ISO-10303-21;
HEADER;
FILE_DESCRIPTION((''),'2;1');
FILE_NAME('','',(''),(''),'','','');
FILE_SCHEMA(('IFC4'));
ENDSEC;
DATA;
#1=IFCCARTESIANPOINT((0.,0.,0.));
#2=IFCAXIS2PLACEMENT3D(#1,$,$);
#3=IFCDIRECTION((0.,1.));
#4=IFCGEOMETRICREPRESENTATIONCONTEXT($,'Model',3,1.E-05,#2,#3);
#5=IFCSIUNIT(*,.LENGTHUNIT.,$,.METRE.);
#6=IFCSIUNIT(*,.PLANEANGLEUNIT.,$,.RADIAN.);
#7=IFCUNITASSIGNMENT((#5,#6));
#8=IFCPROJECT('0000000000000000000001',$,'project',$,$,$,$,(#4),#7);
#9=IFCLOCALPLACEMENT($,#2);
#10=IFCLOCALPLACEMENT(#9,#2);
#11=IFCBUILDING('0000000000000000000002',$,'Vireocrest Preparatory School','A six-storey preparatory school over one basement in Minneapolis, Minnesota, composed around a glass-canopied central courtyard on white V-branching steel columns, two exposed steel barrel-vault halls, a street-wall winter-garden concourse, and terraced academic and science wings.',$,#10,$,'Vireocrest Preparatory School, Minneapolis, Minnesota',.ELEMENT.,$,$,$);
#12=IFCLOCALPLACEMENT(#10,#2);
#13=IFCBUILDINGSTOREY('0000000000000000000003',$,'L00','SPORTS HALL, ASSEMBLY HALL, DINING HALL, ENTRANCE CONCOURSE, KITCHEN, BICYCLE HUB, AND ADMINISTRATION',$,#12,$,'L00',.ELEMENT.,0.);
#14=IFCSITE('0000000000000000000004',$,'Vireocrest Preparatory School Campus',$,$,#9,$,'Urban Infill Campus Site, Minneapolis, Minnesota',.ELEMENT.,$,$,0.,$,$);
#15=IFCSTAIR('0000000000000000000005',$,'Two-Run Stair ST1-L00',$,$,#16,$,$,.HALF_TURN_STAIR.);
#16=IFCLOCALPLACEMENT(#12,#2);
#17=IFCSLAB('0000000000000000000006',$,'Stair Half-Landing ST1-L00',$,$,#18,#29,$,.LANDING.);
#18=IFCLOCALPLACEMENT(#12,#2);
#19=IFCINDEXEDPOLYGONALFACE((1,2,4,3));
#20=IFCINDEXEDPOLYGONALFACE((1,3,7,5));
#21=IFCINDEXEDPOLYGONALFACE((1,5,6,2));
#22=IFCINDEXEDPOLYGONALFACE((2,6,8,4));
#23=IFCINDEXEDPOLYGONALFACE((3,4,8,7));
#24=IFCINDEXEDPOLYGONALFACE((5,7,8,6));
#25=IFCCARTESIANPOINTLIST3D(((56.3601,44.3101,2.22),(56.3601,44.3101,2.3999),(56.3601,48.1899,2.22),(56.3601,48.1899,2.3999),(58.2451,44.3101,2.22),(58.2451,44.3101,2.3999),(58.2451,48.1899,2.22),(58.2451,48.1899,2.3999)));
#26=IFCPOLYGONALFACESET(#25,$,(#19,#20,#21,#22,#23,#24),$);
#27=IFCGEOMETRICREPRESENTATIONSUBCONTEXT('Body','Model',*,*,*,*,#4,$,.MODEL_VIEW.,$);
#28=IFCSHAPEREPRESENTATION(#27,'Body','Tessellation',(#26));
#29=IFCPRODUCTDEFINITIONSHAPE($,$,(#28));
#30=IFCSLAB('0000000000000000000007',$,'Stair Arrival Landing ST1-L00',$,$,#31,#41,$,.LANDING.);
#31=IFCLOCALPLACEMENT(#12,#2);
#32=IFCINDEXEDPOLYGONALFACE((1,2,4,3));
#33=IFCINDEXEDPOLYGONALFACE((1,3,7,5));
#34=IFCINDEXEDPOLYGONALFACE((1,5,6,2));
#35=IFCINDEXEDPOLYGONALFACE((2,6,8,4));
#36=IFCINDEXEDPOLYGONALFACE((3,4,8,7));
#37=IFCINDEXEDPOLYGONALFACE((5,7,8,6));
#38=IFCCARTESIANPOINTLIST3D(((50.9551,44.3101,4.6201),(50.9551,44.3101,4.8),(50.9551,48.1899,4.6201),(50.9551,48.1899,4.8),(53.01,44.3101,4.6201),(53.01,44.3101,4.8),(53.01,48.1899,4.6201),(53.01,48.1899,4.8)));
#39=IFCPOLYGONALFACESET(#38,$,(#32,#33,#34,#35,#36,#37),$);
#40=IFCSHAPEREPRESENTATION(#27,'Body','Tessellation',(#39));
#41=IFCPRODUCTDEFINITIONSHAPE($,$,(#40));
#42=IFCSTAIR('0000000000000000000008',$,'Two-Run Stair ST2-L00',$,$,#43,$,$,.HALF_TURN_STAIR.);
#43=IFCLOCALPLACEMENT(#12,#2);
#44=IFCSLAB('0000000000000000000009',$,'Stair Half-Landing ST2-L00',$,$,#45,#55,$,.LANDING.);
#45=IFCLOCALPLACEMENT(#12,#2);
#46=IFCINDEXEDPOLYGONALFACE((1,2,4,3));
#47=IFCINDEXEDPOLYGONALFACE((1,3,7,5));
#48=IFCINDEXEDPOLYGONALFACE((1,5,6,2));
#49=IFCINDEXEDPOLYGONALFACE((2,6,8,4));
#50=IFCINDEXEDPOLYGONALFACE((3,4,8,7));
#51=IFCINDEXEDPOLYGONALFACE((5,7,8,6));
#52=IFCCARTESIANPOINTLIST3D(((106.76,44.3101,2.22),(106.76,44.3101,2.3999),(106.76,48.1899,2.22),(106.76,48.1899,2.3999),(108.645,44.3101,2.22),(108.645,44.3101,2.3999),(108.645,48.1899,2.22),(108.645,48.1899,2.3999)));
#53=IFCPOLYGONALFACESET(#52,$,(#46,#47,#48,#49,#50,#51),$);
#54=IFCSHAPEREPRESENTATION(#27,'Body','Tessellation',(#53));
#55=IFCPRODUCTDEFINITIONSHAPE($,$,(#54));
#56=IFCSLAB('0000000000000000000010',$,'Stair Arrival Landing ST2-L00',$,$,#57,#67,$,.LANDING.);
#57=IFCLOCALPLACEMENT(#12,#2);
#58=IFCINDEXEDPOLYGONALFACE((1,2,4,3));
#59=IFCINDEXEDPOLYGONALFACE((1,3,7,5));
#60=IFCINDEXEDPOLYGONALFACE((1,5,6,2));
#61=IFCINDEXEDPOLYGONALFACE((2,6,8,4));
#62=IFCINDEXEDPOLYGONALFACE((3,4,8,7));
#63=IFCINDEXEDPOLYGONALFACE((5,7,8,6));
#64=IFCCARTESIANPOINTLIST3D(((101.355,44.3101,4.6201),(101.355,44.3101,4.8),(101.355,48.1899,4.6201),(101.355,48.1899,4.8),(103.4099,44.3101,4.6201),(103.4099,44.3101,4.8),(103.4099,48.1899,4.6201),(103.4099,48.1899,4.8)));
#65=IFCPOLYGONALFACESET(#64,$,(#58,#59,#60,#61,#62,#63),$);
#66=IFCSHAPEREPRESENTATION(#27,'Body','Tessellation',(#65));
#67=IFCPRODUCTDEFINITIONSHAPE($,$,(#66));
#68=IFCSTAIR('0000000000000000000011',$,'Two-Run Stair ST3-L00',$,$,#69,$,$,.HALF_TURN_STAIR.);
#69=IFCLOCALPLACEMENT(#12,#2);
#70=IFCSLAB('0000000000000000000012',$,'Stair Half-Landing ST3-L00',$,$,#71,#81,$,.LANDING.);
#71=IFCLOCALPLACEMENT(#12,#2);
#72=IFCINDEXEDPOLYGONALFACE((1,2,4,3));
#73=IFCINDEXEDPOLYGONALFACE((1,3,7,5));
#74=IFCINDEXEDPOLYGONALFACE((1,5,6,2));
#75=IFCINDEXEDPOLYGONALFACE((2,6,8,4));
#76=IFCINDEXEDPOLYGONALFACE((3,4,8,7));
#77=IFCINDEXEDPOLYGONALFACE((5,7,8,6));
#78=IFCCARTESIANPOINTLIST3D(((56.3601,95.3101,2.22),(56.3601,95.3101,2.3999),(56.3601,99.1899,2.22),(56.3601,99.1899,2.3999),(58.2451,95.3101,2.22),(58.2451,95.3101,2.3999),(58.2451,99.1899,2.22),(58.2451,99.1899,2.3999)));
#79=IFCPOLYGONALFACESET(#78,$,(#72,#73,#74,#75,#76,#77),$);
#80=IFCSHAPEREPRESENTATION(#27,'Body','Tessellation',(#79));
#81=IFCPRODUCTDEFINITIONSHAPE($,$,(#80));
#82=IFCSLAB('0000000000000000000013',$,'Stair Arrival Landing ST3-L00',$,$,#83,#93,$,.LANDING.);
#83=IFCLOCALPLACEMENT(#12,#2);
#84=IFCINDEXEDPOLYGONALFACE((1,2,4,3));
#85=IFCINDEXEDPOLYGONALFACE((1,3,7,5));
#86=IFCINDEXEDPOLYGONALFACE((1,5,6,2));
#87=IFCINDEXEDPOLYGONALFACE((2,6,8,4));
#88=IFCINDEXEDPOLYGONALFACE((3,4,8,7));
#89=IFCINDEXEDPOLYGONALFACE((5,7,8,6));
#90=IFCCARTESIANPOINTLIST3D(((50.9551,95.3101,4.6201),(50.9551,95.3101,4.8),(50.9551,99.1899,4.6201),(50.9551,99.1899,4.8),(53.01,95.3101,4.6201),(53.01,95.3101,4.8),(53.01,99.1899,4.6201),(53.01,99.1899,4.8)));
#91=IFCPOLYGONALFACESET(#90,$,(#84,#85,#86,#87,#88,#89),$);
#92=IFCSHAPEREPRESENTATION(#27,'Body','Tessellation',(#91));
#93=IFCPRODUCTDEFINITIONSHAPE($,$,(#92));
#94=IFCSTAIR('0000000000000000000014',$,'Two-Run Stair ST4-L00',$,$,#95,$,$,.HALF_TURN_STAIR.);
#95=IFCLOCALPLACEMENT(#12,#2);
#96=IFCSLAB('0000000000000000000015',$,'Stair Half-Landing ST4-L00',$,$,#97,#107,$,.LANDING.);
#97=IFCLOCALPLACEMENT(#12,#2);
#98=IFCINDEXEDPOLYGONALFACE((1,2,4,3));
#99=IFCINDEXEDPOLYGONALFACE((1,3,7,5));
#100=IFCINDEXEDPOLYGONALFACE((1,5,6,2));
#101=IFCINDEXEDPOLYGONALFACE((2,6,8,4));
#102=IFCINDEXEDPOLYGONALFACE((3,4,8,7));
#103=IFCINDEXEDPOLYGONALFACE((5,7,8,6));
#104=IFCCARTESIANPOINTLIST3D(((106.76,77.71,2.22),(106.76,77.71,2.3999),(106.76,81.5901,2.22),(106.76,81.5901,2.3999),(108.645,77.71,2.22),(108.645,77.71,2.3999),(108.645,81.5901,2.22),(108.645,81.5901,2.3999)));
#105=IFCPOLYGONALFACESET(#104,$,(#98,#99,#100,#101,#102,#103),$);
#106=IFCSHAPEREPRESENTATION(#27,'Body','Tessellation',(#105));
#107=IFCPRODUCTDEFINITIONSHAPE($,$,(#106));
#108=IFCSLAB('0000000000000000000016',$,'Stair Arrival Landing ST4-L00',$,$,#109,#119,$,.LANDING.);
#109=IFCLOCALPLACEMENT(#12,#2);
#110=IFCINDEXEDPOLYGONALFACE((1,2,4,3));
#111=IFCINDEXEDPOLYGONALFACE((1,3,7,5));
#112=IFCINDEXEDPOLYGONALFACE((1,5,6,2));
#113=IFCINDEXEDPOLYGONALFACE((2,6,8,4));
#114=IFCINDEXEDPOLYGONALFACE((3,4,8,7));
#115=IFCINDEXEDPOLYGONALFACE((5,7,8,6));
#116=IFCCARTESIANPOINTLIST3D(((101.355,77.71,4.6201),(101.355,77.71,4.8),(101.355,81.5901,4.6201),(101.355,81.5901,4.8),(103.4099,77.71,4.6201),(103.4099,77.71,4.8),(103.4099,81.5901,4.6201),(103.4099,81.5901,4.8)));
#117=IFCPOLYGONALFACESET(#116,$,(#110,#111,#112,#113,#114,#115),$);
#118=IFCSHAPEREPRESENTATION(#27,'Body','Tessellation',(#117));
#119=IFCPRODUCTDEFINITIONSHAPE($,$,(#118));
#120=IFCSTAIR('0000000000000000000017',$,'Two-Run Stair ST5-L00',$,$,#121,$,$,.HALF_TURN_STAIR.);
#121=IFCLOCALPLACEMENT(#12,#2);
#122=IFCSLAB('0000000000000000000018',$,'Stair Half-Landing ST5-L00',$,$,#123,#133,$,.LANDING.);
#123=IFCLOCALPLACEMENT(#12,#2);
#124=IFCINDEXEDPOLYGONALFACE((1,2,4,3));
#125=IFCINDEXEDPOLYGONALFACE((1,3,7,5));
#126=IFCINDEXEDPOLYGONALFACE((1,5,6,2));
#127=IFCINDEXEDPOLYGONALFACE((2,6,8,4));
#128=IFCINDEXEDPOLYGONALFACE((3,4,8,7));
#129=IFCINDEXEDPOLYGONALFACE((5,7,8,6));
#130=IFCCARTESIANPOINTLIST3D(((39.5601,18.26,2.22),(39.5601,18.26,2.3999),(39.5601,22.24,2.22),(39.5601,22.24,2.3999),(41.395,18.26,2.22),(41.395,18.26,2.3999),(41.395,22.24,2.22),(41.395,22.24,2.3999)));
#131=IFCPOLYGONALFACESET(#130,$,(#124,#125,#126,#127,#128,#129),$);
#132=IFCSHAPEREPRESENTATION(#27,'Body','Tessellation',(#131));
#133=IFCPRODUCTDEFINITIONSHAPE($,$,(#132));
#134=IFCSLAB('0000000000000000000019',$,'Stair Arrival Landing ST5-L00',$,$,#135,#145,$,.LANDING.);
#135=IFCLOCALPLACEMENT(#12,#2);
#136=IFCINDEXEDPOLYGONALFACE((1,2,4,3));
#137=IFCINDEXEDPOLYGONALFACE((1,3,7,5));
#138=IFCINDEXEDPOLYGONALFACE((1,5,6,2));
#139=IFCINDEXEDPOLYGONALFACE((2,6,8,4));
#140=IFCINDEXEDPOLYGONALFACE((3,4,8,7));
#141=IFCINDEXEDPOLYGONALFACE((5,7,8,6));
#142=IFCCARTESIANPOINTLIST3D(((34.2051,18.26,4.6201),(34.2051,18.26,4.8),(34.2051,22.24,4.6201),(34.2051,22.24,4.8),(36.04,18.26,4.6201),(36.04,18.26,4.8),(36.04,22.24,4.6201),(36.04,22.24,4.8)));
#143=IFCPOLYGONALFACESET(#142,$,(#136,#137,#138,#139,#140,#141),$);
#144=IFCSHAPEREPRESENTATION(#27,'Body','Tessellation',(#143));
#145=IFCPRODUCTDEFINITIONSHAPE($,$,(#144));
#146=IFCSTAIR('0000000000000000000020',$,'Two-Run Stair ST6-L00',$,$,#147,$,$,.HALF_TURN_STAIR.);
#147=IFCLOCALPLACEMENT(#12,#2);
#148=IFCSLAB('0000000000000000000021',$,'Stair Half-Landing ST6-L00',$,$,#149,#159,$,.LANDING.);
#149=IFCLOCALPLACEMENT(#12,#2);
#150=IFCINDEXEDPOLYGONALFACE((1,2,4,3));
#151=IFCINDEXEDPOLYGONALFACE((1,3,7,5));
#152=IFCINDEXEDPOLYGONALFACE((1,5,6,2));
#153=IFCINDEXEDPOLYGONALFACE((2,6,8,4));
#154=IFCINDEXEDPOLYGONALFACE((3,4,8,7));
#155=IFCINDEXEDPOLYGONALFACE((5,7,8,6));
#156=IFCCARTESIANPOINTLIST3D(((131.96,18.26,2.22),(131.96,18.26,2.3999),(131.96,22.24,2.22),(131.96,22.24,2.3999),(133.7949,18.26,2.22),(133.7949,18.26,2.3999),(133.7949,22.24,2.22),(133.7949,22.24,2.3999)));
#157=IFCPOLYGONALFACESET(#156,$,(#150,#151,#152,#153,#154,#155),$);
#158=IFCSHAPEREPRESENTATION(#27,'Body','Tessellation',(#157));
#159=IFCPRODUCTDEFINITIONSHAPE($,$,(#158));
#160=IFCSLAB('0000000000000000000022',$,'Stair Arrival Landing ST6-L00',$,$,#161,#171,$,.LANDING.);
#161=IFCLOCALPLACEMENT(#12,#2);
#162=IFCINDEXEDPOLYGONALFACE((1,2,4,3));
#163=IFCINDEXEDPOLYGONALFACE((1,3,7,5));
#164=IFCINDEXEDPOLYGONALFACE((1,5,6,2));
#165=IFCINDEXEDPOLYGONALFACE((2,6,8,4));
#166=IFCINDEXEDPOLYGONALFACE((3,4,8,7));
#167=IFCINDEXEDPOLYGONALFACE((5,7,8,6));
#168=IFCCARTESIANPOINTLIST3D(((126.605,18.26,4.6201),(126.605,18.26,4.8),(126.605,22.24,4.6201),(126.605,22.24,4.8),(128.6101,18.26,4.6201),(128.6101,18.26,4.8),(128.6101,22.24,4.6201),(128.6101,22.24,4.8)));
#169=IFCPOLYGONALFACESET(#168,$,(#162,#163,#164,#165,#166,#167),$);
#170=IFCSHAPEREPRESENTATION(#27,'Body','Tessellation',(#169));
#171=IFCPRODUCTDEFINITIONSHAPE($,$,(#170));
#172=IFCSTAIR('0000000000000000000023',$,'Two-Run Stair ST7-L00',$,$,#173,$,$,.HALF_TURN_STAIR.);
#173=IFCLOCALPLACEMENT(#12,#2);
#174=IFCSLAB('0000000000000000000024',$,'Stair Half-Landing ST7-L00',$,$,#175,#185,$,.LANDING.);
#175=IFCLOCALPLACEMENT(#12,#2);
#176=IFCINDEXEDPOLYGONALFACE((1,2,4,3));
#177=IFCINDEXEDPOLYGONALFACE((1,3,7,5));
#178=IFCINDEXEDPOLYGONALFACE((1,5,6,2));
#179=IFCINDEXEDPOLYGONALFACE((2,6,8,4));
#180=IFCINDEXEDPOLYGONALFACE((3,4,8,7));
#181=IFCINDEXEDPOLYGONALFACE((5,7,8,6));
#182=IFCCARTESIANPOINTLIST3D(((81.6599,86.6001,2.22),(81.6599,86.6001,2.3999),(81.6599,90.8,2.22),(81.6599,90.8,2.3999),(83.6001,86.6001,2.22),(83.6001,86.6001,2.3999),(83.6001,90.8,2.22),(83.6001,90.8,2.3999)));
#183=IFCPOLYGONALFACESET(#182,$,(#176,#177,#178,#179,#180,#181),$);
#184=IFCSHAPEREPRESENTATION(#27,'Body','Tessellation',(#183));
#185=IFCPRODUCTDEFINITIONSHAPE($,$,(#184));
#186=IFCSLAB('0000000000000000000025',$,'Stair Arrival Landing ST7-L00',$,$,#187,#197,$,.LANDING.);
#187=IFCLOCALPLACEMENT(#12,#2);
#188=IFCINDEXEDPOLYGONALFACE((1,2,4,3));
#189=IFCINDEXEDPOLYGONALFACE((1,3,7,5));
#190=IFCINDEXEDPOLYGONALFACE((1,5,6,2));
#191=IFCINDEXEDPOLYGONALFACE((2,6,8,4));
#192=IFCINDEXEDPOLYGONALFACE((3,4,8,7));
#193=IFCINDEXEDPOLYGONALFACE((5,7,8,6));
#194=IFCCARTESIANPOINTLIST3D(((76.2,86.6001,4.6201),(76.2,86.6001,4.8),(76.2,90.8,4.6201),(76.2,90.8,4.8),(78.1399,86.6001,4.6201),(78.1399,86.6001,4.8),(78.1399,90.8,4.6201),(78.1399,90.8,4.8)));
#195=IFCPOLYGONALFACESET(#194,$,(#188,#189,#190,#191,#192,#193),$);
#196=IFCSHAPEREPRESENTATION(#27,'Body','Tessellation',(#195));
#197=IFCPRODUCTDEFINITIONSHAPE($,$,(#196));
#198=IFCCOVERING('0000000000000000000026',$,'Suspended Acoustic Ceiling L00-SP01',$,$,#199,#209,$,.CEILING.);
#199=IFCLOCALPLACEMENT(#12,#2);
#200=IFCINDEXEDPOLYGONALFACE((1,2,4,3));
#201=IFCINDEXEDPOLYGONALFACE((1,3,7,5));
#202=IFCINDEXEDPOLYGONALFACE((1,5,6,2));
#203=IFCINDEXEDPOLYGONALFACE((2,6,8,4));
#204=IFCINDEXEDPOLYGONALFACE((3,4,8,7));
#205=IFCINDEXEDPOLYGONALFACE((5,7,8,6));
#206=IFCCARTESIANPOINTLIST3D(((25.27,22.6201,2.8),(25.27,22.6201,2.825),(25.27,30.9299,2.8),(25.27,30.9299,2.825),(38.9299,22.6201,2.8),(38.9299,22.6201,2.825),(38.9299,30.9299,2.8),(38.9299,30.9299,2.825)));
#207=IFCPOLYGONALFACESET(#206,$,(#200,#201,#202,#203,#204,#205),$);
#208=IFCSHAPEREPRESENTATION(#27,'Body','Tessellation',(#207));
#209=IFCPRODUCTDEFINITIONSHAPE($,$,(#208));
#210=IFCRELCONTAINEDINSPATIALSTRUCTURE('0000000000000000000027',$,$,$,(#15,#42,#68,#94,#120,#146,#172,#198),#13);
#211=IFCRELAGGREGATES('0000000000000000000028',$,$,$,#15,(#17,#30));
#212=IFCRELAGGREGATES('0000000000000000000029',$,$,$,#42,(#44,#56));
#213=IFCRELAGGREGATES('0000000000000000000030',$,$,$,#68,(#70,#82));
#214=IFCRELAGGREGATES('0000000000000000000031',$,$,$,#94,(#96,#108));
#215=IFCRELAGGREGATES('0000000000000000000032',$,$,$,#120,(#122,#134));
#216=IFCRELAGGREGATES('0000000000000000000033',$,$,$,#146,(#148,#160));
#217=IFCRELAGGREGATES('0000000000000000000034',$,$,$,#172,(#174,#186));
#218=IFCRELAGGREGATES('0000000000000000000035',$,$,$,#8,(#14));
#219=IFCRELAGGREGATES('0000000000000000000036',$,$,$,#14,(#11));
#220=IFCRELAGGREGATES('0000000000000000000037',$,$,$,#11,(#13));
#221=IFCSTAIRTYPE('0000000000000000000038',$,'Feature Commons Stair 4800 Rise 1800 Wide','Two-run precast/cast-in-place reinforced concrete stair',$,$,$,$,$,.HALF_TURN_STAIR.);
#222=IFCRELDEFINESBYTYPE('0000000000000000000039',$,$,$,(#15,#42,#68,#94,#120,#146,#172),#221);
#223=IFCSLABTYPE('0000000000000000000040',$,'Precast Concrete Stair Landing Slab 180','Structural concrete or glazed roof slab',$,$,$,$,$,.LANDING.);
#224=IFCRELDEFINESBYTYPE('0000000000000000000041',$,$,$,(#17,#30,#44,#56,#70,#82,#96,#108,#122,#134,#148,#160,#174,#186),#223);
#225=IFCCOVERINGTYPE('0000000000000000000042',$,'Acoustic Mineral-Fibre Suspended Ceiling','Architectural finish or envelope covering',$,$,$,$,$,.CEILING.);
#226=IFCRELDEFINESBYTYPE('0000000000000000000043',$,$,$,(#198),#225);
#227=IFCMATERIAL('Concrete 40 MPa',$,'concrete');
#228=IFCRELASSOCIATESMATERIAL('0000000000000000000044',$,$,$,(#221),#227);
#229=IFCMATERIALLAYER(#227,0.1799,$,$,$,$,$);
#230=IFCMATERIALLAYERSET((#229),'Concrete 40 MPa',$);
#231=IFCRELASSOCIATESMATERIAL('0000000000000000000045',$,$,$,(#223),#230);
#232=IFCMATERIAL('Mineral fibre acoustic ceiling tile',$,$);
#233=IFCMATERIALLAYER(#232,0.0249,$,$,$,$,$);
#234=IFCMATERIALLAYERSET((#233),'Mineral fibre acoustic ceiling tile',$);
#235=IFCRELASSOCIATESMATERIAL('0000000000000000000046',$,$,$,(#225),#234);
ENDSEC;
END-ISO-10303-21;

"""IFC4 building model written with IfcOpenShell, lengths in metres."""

from ifc_helpers import new_model, si_unit, direction, frame, origin, place, context, subcontext, project, spatial, polyline, outline, extrude, material, layer, layer_set, type_object, element, aggregate, save


model = new_model("IFC4")

# Units and contexts
model_context = context("Model", 3, precision=1e-05, world=origin(), true_north=direction((0.0, 1.0)))
body_context = subcontext(model_context, "Body", "Model", "MODEL_VIEW")
ifc_project = project(units=[si_unit("LENGTHUNIT", "METRE"), si_unit("PLANEANGLEUNIT", "RADIAN")], contexts=[model_context])

# Site, building, storey
site_placement = place(None, origin())
site = spatial("IfcSite", under=ifc_project, at=site_placement, Name="Vireocrest Preparatory School Campus", LongName="Urban Infill Campus Site, Minneapolis, Minnesota", CompositionType="ELEMENT", RefElevation=0.0)
building_placement = place(site_placement, origin())
building = spatial("IfcBuilding", under=site, at=building_placement, Name="Vireocrest Preparatory School", Description="A six-storey preparatory school over one basement in Minneapolis, Minnesota, composed around a glass-canopied central courtyard on white V-branching steel columns, two exposed steel barrel-vault halls, a street-wall winter-garden concourse, and terraced academic and science wings.", LongName="Vireocrest Preparatory School, Minneapolis, Minnesota", CompositionType="ELEMENT")
storey_placement = place(building_placement, origin())
storey = spatial("IfcBuildingStorey", under=building, at=storey_placement, Name="L00", Description="SPORTS HALL, ASSEMBLY HALL, DINING HALL, ENTRANCE CONCOURSE, KITCHEN, BICYCLE HUB, AND ADMINISTRATION", LongName="L00", CompositionType="ELEMENT", Elevation=0.0)

# Stairs, slabs
ifc_material_1 = material(Name="Concrete 40 MPa", Category="concrete")
stair_type = type_object("IfcStairType", Name="Feature Commons Stair 4800 Rise 1800 Wide", Description="Two-run precast/cast-in-place reinforced concrete stair", PredefinedType="HALF_TURN_STAIR", material=ifc_material_1)
stair_1_placement = place(storey_placement, origin())
stair_1 = element("IfcStair", 1, at=stair_1_placement, inside=storey, type_object=stair_type, Name="Two-Run Stair ST1-L00", PredefinedType="HALF_TURN_STAIR")
ifc_layer_1 = layer(ifc_material_1, 0.1799)
ifc_layer_set_1 = layer_set([ifc_layer_1], Name="Concrete 40 MPa")
slab_type = type_object("IfcSlabType", Name="Precast Concrete Stair Landing Slab 180", Description="Structural concrete or glazed roof slab", PredefinedType="LANDING", material=ifc_layer_set_1)
slab_1_placement = place(storey_placement, frame((0.0, 0.0, 2.22)))
slab_1 = element("IfcSlab", 2, at=slab_1_placement, type_object=slab_type, Name="Stair Half-Landing ST1-L00", PredefinedType="LANDING", context=body_context, shape_type="SweptSolid", body=[
    extrude(outline(polyline([(56.3601, 44.3101), (58.2451, 44.3101), (58.2451, 48.1899), (56.3601, 48.1899), (56.3601, 44.3101)])), origin(), (0.0, 0.0, 1.0), 0.1799),
])
slab_2_placement = place(storey_placement, frame((0.0, 0.0, 4.6201)))
slab_2 = element("IfcSlab", 3, at=slab_2_placement, type_object=slab_type, Name="Stair Arrival Landing ST1-L00", PredefinedType="LANDING", context=body_context, shape_type="SweptSolid", body=[
    extrude(outline(polyline([(50.9551, 44.3101), (53.01, 44.3101), (53.01, 48.1899), (50.9551, 48.1899), (50.9551, 44.3101)])), origin(), (0.0, 0.0, 1.0), 0.1799),
])
aggregate(stair_1, [slab_1, slab_2])
stair_2_placement = place(storey_placement, origin())
stair_2 = element("IfcStair", 4, at=stair_2_placement, inside=storey, type_object=stair_type, Name="Two-Run Stair ST2-L00", PredefinedType="HALF_TURN_STAIR")
slab_3_placement = place(storey_placement, frame((0.0, 0.0, 2.22)))
slab_3 = element("IfcSlab", 5, at=slab_3_placement, type_object=slab_type, Name="Stair Half-Landing ST2-L00", PredefinedType="LANDING", context=body_context, shape_type="SweptSolid", body=[
    extrude(outline(polyline([(106.76, 44.3101), (108.645, 44.3101), (108.645, 48.1899), (106.76, 48.1899), (106.76, 44.3101)])), origin(), (0.0, 0.0, 1.0), 0.1799),
])
slab_4_placement = place(storey_placement, frame((0.0, 0.0, 4.6201)))
slab_4 = element("IfcSlab", 6, at=slab_4_placement, type_object=slab_type, Name="Stair Arrival Landing ST2-L00", PredefinedType="LANDING", context=body_context, shape_type="SweptSolid", body=[
    extrude(outline(polyline([(101.355, 44.3101), (103.4099, 44.3101), (103.4099, 48.1899), (101.355, 48.1899), (101.355, 44.3101)])), origin(), (0.0, 0.0, 1.0), 0.1799),
])
aggregate(stair_2, [slab_3, slab_4])
stair_3_placement = place(storey_placement, origin())
stair_3 = element("IfcStair", 7, at=stair_3_placement, inside=storey, type_object=stair_type, Name="Two-Run Stair ST3-L00", PredefinedType="HALF_TURN_STAIR")
slab_5_placement = place(storey_placement, frame((0.0, 0.0, 2.22)))
slab_5 = element("IfcSlab", 8, at=slab_5_placement, type_object=slab_type, Name="Stair Half-Landing ST3-L00", PredefinedType="LANDING", context=body_context, shape_type="SweptSolid", body=[
    extrude(outline(polyline([(56.3601, 95.3101), (58.2451, 95.3101), (58.2451, 99.1899), (56.3601, 99.1899), (56.3601, 95.3101)])), origin(), (0.0, 0.0, 1.0), 0.1799),
])
slab_6_placement = place(storey_placement, frame((0.0, 0.0, 4.6201)))
slab_6 = element("IfcSlab", 9, at=slab_6_placement, type_object=slab_type, Name="Stair Arrival Landing ST3-L00", PredefinedType="LANDING", context=body_context, shape_type="SweptSolid", body=[
    extrude(outline(polyline([(50.9551, 95.3101), (53.01, 95.3101), (53.01, 99.1899), (50.9551, 99.1899), (50.9551, 95.3101)])), origin(), (0.0, 0.0, 1.0), 0.1799),
])
aggregate(stair_3, [slab_5, slab_6])
stair_4_placement = place(storey_placement, origin())
stair_4 = element("IfcStair", 10, at=stair_4_placement, inside=storey, type_object=stair_type, Name="Two-Run Stair ST4-L00", PredefinedType="HALF_TURN_STAIR")
slab_7_placement = place(storey_placement, frame((0.0, 0.0, 2.22)))
slab_7 = element("IfcSlab", 11, at=slab_7_placement, type_object=slab_type, Name="Stair Half-Landing ST4-L00", PredefinedType="LANDING", context=body_context, shape_type="SweptSolid", body=[
    extrude(outline(polyline([(106.76, 77.71), (108.645, 77.71), (108.645, 81.5901), (106.76, 81.5901), (106.76, 77.71)])), origin(), (0.0, 0.0, 1.0), 0.1799),
])
slab_8_placement = place(storey_placement, frame((0.0, 0.0, 4.6201)))
slab_8 = element("IfcSlab", 12, at=slab_8_placement, type_object=slab_type, Name="Stair Arrival Landing ST4-L00", PredefinedType="LANDING", context=body_context, shape_type="SweptSolid", body=[
    extrude(outline(polyline([(101.355, 77.71), (103.4099, 77.71), (103.4099, 81.5901), (101.355, 81.5901), (101.355, 77.71)])), origin(), (0.0, 0.0, 1.0), 0.1799),
])
aggregate(stair_4, [slab_7, slab_8])
stair_5_placement = place(storey_placement, origin())
stair_5 = element("IfcStair", 13, at=stair_5_placement, inside=storey, type_object=stair_type, Name="Two-Run Stair ST5-L00", PredefinedType="HALF_TURN_STAIR")
slab_9_placement = place(storey_placement, frame((0.0, 0.0, 2.22)))
slab_9 = element("IfcSlab", 14, at=slab_9_placement, type_object=slab_type, Name="Stair Half-Landing ST5-L00", PredefinedType="LANDING", context=body_context, shape_type="SweptSolid", body=[
    extrude(outline(polyline([(39.5601, 18.26), (41.395, 18.26), (41.395, 22.24), (39.5601, 22.24), (39.5601, 18.26)])), origin(), (0.0, 0.0, 1.0), 0.1799),
])
slab_10_placement = place(storey_placement, frame((0.0, 0.0, 4.6201)))
slab_10 = element("IfcSlab", 15, at=slab_10_placement, type_object=slab_type, Name="Stair Arrival Landing ST5-L00", PredefinedType="LANDING", context=body_context, shape_type="SweptSolid", body=[
    extrude(outline(polyline([(34.2051, 18.26), (36.04, 18.26), (36.04, 22.24), (34.2051, 22.24), (34.2051, 18.26)])), origin(), (0.0, 0.0, 1.0), 0.1799),
])
aggregate(stair_5, [slab_9, slab_10])
stair_6_placement = place(storey_placement, origin())
stair_6 = element("IfcStair", 16, at=stair_6_placement, inside=storey, type_object=stair_type, Name="Two-Run Stair ST6-L00", PredefinedType="HALF_TURN_STAIR")
slab_11_placement = place(storey_placement, frame((0.0, 0.0, 2.22)))
slab_11 = element("IfcSlab", 17, at=slab_11_placement, type_object=slab_type, Name="Stair Half-Landing ST6-L00", PredefinedType="LANDING", context=body_context, shape_type="SweptSolid", body=[
    extrude(outline(polyline([(131.96, 18.26), (133.7949, 18.26), (133.7949, 22.24), (131.96, 22.24), (131.96, 18.26)])), origin(), (0.0, 0.0, 1.0), 0.1799),
])
slab_12_placement = place(storey_placement, frame((0.0, 0.0, 4.6201)))
slab_12 = element("IfcSlab", 18, at=slab_12_placement, type_object=slab_type, Name="Stair Arrival Landing ST6-L00", PredefinedType="LANDING", context=body_context, shape_type="SweptSolid", body=[
    extrude(outline(polyline([(126.605, 18.26), (128.6101, 18.26), (128.6101, 22.24), (126.605, 22.24), (126.605, 18.26)])), origin(), (0.0, 0.0, 1.0), 0.1799),
])
aggregate(stair_6, [slab_11, slab_12])
stair_7_placement = place(storey_placement, origin())
stair_7 = element("IfcStair", 19, at=stair_7_placement, inside=storey, type_object=stair_type, Name="Two-Run Stair ST7-L00", PredefinedType="HALF_TURN_STAIR")
slab_13_placement = place(storey_placement, frame((0.0, 0.0, 2.22)))
slab_13 = element("IfcSlab", 20, at=slab_13_placement, type_object=slab_type, Name="Stair Half-Landing ST7-L00", PredefinedType="LANDING", context=body_context, shape_type="SweptSolid", body=[
    extrude(outline(polyline([(81.6599, 86.6001), (83.6001, 86.6001), (83.6001, 90.8), (81.6599, 90.8), (81.6599, 86.6001)])), origin(), (0.0, 0.0, 1.0), 0.1799),
])
slab_14_placement = place(storey_placement, frame((0.0, 0.0, 4.6201)))
slab_14 = element("IfcSlab", 21, at=slab_14_placement, type_object=slab_type, Name="Stair Arrival Landing ST7-L00", PredefinedType="LANDING", context=body_context, shape_type="SweptSolid", body=[
    extrude(outline(polyline([(76.2, 86.6001), (78.1399, 86.6001), (78.1399, 90.8), (76.2, 90.8), (76.2, 86.6001)])), origin(), (0.0, 0.0, 1.0), 0.1799),
])
aggregate(stair_7, [slab_13, slab_14])

# Covering
ifc_material_2 = material(Name="Mineral fibre acoustic ceiling tile")
ifc_layer_2 = layer(ifc_material_2, 0.0249)
ifc_layer_set_2 = layer_set([ifc_layer_2], Name="Mineral fibre acoustic ceiling tile")
covering_type_1 = type_object("IfcCoveringType", Name="Acoustic Mineral-Fibre Suspended Ceiling", Description="Architectural finish or envelope covering", PredefinedType="CEILING", material=ifc_layer_set_2)
covering_1_placement = place(storey_placement, frame((0.0, 0.0, 2.8)))
element("IfcCovering", 22, at=covering_1_placement, inside=storey, type_object=covering_type_1, Name="Suspended Acoustic Ceiling L00-SP01", PredefinedType="CEILING", context=body_context, shape_type="SweptSolid", body=[
    extrude(outline(polyline([(25.27, 22.6201), (38.9299, 22.6201), (38.9299, 30.9299), (25.27, 30.9299), (25.27, 22.6201)])), origin(), (0.0, 0.0, 1.0), 0.0249),
])

save(model, "model.ifc")
